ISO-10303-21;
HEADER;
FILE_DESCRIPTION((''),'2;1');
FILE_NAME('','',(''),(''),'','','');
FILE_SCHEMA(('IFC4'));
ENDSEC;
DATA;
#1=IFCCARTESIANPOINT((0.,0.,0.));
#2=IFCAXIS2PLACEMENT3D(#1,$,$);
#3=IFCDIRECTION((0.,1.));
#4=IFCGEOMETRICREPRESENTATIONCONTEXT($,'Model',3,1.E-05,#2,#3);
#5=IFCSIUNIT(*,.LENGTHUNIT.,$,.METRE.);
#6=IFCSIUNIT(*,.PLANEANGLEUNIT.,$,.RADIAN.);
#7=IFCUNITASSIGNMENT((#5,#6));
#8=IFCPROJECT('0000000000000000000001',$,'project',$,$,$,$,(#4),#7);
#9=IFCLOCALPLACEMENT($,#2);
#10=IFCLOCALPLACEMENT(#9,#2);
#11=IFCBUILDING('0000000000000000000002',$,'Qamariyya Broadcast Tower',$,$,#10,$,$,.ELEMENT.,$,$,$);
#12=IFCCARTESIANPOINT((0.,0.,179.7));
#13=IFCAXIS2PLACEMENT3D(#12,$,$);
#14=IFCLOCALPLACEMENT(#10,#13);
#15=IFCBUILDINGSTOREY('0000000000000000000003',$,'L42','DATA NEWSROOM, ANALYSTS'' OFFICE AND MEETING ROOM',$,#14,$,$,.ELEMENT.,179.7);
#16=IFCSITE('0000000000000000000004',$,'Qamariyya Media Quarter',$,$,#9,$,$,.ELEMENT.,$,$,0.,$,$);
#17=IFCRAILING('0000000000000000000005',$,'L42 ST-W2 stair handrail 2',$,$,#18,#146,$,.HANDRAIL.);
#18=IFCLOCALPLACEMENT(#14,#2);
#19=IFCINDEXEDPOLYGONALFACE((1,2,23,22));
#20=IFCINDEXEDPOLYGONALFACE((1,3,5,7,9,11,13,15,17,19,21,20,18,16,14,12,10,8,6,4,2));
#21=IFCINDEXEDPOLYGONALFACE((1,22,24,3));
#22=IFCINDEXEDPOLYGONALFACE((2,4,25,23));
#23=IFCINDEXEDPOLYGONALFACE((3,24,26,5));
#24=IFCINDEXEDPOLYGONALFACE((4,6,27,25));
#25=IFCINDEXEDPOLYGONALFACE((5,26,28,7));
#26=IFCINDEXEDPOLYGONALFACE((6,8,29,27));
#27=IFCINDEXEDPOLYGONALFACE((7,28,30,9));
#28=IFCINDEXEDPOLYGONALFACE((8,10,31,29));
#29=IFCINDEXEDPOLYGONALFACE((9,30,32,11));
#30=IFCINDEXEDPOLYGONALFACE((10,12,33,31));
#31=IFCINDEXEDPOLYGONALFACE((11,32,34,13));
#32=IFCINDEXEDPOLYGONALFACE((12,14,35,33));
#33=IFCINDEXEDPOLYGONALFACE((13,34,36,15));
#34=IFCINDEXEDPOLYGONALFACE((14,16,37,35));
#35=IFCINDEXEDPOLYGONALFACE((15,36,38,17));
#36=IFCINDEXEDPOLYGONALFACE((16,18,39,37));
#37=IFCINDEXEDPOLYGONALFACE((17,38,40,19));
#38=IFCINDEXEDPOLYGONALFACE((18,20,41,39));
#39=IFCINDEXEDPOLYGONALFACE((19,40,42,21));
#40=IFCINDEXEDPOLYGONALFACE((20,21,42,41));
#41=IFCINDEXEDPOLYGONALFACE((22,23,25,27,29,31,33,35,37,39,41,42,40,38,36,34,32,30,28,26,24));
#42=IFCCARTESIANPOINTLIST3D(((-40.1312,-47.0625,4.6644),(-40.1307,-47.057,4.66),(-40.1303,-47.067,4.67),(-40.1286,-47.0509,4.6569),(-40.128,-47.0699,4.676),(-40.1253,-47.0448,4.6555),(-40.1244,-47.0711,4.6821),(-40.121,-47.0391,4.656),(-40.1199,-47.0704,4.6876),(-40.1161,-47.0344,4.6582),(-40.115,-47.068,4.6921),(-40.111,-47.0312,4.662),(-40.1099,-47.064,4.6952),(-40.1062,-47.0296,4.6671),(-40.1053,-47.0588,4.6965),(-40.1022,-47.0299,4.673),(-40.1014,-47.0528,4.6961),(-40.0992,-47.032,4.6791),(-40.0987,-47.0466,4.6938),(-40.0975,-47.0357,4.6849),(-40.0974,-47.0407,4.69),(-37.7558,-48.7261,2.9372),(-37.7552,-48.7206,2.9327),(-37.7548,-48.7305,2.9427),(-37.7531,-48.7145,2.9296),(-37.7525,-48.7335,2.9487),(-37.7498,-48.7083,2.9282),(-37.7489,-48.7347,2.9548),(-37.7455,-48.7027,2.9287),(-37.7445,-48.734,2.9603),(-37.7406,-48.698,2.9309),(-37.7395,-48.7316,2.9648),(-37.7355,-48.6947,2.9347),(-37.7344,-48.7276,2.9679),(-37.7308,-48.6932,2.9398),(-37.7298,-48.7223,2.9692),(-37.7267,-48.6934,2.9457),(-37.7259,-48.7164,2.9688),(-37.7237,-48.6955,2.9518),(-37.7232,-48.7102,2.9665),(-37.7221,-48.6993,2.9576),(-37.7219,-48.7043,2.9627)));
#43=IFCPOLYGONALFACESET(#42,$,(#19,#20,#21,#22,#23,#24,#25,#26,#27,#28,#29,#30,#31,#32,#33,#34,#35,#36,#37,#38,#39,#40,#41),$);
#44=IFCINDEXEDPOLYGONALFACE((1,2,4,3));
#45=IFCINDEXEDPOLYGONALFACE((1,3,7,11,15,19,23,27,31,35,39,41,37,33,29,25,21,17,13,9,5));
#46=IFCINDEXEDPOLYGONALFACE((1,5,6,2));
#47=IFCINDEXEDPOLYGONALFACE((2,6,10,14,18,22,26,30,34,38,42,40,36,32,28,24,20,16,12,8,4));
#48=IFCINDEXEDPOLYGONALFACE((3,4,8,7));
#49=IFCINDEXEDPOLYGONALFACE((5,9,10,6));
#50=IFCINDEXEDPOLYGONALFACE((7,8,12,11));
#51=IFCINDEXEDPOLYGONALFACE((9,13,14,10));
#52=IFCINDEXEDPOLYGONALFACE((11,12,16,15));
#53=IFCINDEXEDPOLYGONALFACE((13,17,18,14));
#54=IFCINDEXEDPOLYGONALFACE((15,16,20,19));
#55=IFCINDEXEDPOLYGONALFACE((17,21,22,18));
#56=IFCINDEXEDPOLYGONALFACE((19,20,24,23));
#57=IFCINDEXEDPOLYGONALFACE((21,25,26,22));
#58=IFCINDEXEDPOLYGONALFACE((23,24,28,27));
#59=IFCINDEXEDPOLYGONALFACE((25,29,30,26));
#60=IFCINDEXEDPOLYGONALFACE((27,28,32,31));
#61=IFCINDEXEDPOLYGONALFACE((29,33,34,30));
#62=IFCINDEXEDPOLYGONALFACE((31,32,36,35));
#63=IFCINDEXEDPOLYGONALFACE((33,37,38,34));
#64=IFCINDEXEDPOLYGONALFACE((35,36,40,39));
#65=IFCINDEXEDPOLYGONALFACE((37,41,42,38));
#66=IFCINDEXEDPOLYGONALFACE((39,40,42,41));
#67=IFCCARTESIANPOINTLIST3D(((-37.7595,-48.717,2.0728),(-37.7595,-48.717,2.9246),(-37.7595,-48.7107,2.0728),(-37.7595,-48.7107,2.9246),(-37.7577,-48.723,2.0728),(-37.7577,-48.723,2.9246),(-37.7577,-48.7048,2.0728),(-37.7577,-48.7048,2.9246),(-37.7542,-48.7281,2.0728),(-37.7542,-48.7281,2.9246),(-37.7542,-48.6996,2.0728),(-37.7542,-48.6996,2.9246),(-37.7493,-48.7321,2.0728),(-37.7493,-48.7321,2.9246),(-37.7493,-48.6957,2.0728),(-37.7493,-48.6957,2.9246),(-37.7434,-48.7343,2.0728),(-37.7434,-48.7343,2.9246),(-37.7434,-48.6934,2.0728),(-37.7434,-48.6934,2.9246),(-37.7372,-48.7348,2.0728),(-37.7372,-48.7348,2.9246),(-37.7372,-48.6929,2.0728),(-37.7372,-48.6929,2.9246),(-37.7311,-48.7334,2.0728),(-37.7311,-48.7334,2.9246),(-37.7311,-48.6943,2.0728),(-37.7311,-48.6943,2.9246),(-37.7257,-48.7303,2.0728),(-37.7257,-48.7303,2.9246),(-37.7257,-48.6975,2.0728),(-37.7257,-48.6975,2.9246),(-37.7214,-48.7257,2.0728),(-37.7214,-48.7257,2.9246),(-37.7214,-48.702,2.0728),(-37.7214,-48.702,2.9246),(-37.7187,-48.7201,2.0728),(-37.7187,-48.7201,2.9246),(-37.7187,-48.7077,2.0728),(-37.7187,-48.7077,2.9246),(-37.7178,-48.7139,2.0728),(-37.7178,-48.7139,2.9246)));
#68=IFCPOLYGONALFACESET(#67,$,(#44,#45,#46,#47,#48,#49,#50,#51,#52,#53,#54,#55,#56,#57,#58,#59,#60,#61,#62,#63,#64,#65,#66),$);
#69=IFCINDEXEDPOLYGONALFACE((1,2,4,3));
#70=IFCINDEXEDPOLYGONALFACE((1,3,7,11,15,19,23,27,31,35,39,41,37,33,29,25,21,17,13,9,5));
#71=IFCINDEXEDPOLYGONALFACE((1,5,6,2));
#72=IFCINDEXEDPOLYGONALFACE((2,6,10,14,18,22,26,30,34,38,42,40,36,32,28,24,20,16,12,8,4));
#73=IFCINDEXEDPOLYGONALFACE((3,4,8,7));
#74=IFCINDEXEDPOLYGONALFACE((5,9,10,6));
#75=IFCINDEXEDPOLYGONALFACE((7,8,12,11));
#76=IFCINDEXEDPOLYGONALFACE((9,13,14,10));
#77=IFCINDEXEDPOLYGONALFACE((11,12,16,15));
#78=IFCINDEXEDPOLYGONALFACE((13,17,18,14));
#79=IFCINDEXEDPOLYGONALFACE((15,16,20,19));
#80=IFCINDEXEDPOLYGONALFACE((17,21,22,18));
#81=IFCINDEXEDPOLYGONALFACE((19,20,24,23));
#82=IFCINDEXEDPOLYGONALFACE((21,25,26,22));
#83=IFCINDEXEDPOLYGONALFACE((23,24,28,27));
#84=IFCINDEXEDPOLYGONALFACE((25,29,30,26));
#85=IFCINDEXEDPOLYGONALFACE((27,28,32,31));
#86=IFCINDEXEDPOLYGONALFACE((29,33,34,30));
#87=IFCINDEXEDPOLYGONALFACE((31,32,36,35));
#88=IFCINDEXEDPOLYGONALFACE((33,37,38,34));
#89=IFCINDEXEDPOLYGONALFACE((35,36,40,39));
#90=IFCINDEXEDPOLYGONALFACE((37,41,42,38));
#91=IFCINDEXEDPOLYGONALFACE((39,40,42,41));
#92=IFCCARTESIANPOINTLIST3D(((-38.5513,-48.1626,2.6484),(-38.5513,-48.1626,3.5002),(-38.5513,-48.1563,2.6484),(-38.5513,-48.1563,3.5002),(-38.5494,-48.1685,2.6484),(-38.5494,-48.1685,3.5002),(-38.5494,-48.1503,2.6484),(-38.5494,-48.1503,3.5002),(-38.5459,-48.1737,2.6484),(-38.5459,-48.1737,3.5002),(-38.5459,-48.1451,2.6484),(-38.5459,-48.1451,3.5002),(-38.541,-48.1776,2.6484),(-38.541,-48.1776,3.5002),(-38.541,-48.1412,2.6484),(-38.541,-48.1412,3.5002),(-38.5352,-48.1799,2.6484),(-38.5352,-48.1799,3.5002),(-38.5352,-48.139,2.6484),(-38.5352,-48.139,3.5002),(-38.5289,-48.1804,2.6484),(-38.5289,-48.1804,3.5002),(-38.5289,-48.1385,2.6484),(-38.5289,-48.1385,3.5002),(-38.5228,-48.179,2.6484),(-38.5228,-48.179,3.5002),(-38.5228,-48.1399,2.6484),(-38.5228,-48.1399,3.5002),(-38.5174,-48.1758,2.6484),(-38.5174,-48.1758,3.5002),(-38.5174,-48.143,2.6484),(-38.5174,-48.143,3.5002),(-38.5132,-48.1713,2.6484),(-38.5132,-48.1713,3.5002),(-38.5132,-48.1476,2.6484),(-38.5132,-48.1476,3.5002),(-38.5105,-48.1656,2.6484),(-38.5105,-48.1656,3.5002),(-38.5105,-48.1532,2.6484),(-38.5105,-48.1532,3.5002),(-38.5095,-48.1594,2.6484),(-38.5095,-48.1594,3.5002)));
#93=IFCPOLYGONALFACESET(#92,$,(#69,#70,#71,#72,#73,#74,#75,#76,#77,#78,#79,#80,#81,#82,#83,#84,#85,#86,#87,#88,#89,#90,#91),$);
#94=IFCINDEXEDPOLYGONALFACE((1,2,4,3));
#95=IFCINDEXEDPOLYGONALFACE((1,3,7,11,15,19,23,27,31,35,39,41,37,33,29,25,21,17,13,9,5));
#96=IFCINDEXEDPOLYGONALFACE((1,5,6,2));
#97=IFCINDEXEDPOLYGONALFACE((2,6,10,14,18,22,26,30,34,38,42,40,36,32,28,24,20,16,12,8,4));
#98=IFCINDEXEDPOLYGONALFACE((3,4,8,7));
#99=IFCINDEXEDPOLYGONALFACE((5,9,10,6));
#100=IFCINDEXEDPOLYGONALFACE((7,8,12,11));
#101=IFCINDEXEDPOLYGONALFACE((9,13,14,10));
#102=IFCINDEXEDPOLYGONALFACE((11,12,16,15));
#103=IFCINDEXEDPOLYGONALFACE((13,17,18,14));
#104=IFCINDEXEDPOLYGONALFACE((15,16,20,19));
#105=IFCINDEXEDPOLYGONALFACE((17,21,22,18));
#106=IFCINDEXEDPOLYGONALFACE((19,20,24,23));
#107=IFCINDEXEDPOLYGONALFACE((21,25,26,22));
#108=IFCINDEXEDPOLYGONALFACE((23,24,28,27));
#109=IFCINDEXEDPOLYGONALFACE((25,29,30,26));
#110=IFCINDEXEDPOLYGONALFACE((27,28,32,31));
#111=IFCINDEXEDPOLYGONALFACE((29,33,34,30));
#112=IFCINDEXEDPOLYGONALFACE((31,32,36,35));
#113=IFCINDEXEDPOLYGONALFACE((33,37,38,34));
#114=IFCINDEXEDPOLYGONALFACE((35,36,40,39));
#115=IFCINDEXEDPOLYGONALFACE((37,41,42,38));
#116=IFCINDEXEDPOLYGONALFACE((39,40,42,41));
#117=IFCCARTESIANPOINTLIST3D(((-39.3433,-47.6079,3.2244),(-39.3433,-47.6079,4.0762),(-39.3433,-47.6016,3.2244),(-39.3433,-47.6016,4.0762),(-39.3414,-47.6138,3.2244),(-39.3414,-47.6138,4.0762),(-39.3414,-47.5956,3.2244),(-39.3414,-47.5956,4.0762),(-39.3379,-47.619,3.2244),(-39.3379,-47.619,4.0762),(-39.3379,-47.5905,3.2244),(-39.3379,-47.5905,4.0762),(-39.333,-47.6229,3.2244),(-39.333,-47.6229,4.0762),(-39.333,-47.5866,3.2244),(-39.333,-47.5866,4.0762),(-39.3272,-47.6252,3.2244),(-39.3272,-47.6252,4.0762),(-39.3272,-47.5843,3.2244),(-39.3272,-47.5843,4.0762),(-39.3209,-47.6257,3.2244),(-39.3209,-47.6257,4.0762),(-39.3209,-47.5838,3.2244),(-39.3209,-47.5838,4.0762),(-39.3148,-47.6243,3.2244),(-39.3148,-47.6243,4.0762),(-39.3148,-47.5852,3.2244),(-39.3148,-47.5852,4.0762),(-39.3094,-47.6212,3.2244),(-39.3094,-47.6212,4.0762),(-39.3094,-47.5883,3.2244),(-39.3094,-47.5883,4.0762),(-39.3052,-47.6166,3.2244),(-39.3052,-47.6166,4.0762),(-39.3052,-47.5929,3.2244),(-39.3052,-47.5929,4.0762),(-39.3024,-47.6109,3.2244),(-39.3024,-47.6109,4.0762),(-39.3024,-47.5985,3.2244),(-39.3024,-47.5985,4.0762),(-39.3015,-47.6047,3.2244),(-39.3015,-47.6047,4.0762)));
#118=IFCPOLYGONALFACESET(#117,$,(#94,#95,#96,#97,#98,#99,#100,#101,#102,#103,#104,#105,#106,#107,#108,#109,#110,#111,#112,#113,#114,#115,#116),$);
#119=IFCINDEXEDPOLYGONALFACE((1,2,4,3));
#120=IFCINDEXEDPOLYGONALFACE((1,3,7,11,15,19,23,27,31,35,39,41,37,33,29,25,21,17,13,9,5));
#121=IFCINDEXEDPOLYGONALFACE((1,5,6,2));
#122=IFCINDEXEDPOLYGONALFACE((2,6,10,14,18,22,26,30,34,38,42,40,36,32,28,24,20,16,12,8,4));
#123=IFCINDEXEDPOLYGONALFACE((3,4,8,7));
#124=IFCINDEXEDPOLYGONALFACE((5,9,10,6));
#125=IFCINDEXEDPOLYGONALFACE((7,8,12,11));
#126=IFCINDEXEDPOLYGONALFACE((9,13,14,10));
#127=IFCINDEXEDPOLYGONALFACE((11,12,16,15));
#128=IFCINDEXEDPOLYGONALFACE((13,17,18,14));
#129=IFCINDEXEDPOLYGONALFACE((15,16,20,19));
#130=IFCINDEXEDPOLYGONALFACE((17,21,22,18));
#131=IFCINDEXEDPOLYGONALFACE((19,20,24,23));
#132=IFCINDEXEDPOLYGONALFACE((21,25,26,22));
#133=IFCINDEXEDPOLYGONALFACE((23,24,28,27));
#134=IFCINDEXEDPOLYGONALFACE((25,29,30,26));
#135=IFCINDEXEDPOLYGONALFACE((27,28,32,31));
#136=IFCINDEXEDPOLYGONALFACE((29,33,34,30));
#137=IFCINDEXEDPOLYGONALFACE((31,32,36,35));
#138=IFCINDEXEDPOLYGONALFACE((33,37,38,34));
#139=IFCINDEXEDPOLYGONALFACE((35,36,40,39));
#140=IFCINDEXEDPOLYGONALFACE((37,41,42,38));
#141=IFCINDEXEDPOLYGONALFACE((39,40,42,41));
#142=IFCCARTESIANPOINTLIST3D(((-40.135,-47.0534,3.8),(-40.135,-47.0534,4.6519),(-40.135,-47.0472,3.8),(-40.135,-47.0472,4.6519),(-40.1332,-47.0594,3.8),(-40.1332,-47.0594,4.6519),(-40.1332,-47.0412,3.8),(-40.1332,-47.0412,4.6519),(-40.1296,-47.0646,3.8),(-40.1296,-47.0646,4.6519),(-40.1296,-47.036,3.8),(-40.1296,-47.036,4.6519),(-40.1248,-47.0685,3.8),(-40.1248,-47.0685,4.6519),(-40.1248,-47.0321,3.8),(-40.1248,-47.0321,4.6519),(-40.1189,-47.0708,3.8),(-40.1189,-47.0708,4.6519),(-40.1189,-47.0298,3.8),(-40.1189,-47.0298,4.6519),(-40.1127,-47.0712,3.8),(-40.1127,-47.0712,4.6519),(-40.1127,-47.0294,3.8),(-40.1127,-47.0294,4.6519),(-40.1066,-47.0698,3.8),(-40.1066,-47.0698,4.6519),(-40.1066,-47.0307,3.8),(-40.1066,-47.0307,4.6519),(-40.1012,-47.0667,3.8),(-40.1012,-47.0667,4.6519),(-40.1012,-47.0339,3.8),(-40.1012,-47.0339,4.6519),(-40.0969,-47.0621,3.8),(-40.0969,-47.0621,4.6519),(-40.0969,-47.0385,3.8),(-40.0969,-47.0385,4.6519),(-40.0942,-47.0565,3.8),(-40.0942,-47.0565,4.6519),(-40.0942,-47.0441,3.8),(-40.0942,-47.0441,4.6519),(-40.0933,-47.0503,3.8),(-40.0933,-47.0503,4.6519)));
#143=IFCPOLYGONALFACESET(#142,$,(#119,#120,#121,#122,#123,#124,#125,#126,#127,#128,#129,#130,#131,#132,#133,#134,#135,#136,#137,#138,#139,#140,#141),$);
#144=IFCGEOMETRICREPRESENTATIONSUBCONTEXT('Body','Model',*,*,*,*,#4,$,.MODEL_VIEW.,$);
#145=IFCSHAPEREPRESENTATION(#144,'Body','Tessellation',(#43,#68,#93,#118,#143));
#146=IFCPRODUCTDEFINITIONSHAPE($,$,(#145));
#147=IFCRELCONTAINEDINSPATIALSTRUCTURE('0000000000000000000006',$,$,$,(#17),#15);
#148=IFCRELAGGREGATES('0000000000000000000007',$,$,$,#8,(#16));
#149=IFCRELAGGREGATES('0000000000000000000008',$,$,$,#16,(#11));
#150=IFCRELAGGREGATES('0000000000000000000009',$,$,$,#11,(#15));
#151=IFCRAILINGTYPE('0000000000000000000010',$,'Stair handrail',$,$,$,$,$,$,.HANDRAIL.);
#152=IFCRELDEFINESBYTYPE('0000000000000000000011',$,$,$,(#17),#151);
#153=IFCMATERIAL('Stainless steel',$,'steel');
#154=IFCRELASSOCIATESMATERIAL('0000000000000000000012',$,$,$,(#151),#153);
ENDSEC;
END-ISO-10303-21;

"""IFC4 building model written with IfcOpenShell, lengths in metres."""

from ifc_helpers import new_model, si_unit, direction, frame, origin, origin_2d, place, context, subcontext, project, spatial, circle, extrude, material, type_object, element, save


model = new_model("IFC4")

# Units and contexts
model_context = context("Model", 3, precision=1e-05, world=origin(), true_north=direction((0.0, 1.0)))
body_context = subcontext(model_context, "Body", "Model", "MODEL_VIEW")
ifc_project = project(units=[si_unit("LENGTHUNIT", "METRE"), si_unit("PLANEANGLEUNIT", "RADIAN")], contexts=[model_context])

# Site, building, storey
site_placement = place(None, origin())
site = spatial("IfcSite", under=ifc_project, at=site_placement, Name="Qamariyya Media Quarter", CompositionType="ELEMENT", RefElevation=0.0)
building_placement = place(site_placement, origin())
building = spatial("IfcBuilding", under=site, at=building_placement, Name="Qamariyya Broadcast Tower", CompositionType="ELEMENT")
storey_placement = place(building_placement, frame((0.0, 0.0, 179.7)))
storey = spatial("IfcBuildingStorey", under=building, at=storey_placement, Name="L42", Description="DATA NEWSROOM, ANALYSTS' OFFICE AND MEETING ROOM", CompositionType="ELEMENT", Elevation=179.7)

# Railing
ifc_material_1 = material(Name="Stainless steel", Category="steel")
railing_type_1 = type_object("IfcRailingType", Name="Stair handrail", PredefinedType="HANDRAIL", material=ifc_material_1)
railing_1_placement = place(storey_placement, frame((-37.7388, -48.7139, 2.0728)))
element("IfcRailing", 1, at=railing_1_placement, inside=storey, type_object=railing_type_1, Name="L42 ST-W2 stair handrail 2", PredefinedType="HANDRAIL", context=body_context, shape_type="SweptSolid", body=[
    extrude(circle(Radius=0.0239, at=origin_2d()), frame((0.0, 0.0, 0.876), z_axis=(-0.703745, 0.492838, 0.511716), x_axis=(-0.573632, -0.819113, 0.0)), (0.0, 0.0, 1.0), 3.3755),
    extrude(circle(Radius=0.021, at=origin_2d()), origin(), (0.0, 0.0, 1.0), 0.8518),
    extrude(circle(Radius=0.021, at=origin_2d()), frame((-0.7917, 0.5544, 0.5757)), (0.0, 0.0, 1.0), 0.8518),
    extrude(circle(Radius=0.021, at=origin_2d()), frame((-1.5837, 1.1091, 1.1516)), (0.0, 0.0, 1.0), 0.8518),
    extrude(circle(Radius=0.021, at=origin_2d()), frame((-2.3755, 1.6636, 1.7273)), (0.0, 0.0, 1.0), 0.8518),
])

save(model, "model.ifc")
